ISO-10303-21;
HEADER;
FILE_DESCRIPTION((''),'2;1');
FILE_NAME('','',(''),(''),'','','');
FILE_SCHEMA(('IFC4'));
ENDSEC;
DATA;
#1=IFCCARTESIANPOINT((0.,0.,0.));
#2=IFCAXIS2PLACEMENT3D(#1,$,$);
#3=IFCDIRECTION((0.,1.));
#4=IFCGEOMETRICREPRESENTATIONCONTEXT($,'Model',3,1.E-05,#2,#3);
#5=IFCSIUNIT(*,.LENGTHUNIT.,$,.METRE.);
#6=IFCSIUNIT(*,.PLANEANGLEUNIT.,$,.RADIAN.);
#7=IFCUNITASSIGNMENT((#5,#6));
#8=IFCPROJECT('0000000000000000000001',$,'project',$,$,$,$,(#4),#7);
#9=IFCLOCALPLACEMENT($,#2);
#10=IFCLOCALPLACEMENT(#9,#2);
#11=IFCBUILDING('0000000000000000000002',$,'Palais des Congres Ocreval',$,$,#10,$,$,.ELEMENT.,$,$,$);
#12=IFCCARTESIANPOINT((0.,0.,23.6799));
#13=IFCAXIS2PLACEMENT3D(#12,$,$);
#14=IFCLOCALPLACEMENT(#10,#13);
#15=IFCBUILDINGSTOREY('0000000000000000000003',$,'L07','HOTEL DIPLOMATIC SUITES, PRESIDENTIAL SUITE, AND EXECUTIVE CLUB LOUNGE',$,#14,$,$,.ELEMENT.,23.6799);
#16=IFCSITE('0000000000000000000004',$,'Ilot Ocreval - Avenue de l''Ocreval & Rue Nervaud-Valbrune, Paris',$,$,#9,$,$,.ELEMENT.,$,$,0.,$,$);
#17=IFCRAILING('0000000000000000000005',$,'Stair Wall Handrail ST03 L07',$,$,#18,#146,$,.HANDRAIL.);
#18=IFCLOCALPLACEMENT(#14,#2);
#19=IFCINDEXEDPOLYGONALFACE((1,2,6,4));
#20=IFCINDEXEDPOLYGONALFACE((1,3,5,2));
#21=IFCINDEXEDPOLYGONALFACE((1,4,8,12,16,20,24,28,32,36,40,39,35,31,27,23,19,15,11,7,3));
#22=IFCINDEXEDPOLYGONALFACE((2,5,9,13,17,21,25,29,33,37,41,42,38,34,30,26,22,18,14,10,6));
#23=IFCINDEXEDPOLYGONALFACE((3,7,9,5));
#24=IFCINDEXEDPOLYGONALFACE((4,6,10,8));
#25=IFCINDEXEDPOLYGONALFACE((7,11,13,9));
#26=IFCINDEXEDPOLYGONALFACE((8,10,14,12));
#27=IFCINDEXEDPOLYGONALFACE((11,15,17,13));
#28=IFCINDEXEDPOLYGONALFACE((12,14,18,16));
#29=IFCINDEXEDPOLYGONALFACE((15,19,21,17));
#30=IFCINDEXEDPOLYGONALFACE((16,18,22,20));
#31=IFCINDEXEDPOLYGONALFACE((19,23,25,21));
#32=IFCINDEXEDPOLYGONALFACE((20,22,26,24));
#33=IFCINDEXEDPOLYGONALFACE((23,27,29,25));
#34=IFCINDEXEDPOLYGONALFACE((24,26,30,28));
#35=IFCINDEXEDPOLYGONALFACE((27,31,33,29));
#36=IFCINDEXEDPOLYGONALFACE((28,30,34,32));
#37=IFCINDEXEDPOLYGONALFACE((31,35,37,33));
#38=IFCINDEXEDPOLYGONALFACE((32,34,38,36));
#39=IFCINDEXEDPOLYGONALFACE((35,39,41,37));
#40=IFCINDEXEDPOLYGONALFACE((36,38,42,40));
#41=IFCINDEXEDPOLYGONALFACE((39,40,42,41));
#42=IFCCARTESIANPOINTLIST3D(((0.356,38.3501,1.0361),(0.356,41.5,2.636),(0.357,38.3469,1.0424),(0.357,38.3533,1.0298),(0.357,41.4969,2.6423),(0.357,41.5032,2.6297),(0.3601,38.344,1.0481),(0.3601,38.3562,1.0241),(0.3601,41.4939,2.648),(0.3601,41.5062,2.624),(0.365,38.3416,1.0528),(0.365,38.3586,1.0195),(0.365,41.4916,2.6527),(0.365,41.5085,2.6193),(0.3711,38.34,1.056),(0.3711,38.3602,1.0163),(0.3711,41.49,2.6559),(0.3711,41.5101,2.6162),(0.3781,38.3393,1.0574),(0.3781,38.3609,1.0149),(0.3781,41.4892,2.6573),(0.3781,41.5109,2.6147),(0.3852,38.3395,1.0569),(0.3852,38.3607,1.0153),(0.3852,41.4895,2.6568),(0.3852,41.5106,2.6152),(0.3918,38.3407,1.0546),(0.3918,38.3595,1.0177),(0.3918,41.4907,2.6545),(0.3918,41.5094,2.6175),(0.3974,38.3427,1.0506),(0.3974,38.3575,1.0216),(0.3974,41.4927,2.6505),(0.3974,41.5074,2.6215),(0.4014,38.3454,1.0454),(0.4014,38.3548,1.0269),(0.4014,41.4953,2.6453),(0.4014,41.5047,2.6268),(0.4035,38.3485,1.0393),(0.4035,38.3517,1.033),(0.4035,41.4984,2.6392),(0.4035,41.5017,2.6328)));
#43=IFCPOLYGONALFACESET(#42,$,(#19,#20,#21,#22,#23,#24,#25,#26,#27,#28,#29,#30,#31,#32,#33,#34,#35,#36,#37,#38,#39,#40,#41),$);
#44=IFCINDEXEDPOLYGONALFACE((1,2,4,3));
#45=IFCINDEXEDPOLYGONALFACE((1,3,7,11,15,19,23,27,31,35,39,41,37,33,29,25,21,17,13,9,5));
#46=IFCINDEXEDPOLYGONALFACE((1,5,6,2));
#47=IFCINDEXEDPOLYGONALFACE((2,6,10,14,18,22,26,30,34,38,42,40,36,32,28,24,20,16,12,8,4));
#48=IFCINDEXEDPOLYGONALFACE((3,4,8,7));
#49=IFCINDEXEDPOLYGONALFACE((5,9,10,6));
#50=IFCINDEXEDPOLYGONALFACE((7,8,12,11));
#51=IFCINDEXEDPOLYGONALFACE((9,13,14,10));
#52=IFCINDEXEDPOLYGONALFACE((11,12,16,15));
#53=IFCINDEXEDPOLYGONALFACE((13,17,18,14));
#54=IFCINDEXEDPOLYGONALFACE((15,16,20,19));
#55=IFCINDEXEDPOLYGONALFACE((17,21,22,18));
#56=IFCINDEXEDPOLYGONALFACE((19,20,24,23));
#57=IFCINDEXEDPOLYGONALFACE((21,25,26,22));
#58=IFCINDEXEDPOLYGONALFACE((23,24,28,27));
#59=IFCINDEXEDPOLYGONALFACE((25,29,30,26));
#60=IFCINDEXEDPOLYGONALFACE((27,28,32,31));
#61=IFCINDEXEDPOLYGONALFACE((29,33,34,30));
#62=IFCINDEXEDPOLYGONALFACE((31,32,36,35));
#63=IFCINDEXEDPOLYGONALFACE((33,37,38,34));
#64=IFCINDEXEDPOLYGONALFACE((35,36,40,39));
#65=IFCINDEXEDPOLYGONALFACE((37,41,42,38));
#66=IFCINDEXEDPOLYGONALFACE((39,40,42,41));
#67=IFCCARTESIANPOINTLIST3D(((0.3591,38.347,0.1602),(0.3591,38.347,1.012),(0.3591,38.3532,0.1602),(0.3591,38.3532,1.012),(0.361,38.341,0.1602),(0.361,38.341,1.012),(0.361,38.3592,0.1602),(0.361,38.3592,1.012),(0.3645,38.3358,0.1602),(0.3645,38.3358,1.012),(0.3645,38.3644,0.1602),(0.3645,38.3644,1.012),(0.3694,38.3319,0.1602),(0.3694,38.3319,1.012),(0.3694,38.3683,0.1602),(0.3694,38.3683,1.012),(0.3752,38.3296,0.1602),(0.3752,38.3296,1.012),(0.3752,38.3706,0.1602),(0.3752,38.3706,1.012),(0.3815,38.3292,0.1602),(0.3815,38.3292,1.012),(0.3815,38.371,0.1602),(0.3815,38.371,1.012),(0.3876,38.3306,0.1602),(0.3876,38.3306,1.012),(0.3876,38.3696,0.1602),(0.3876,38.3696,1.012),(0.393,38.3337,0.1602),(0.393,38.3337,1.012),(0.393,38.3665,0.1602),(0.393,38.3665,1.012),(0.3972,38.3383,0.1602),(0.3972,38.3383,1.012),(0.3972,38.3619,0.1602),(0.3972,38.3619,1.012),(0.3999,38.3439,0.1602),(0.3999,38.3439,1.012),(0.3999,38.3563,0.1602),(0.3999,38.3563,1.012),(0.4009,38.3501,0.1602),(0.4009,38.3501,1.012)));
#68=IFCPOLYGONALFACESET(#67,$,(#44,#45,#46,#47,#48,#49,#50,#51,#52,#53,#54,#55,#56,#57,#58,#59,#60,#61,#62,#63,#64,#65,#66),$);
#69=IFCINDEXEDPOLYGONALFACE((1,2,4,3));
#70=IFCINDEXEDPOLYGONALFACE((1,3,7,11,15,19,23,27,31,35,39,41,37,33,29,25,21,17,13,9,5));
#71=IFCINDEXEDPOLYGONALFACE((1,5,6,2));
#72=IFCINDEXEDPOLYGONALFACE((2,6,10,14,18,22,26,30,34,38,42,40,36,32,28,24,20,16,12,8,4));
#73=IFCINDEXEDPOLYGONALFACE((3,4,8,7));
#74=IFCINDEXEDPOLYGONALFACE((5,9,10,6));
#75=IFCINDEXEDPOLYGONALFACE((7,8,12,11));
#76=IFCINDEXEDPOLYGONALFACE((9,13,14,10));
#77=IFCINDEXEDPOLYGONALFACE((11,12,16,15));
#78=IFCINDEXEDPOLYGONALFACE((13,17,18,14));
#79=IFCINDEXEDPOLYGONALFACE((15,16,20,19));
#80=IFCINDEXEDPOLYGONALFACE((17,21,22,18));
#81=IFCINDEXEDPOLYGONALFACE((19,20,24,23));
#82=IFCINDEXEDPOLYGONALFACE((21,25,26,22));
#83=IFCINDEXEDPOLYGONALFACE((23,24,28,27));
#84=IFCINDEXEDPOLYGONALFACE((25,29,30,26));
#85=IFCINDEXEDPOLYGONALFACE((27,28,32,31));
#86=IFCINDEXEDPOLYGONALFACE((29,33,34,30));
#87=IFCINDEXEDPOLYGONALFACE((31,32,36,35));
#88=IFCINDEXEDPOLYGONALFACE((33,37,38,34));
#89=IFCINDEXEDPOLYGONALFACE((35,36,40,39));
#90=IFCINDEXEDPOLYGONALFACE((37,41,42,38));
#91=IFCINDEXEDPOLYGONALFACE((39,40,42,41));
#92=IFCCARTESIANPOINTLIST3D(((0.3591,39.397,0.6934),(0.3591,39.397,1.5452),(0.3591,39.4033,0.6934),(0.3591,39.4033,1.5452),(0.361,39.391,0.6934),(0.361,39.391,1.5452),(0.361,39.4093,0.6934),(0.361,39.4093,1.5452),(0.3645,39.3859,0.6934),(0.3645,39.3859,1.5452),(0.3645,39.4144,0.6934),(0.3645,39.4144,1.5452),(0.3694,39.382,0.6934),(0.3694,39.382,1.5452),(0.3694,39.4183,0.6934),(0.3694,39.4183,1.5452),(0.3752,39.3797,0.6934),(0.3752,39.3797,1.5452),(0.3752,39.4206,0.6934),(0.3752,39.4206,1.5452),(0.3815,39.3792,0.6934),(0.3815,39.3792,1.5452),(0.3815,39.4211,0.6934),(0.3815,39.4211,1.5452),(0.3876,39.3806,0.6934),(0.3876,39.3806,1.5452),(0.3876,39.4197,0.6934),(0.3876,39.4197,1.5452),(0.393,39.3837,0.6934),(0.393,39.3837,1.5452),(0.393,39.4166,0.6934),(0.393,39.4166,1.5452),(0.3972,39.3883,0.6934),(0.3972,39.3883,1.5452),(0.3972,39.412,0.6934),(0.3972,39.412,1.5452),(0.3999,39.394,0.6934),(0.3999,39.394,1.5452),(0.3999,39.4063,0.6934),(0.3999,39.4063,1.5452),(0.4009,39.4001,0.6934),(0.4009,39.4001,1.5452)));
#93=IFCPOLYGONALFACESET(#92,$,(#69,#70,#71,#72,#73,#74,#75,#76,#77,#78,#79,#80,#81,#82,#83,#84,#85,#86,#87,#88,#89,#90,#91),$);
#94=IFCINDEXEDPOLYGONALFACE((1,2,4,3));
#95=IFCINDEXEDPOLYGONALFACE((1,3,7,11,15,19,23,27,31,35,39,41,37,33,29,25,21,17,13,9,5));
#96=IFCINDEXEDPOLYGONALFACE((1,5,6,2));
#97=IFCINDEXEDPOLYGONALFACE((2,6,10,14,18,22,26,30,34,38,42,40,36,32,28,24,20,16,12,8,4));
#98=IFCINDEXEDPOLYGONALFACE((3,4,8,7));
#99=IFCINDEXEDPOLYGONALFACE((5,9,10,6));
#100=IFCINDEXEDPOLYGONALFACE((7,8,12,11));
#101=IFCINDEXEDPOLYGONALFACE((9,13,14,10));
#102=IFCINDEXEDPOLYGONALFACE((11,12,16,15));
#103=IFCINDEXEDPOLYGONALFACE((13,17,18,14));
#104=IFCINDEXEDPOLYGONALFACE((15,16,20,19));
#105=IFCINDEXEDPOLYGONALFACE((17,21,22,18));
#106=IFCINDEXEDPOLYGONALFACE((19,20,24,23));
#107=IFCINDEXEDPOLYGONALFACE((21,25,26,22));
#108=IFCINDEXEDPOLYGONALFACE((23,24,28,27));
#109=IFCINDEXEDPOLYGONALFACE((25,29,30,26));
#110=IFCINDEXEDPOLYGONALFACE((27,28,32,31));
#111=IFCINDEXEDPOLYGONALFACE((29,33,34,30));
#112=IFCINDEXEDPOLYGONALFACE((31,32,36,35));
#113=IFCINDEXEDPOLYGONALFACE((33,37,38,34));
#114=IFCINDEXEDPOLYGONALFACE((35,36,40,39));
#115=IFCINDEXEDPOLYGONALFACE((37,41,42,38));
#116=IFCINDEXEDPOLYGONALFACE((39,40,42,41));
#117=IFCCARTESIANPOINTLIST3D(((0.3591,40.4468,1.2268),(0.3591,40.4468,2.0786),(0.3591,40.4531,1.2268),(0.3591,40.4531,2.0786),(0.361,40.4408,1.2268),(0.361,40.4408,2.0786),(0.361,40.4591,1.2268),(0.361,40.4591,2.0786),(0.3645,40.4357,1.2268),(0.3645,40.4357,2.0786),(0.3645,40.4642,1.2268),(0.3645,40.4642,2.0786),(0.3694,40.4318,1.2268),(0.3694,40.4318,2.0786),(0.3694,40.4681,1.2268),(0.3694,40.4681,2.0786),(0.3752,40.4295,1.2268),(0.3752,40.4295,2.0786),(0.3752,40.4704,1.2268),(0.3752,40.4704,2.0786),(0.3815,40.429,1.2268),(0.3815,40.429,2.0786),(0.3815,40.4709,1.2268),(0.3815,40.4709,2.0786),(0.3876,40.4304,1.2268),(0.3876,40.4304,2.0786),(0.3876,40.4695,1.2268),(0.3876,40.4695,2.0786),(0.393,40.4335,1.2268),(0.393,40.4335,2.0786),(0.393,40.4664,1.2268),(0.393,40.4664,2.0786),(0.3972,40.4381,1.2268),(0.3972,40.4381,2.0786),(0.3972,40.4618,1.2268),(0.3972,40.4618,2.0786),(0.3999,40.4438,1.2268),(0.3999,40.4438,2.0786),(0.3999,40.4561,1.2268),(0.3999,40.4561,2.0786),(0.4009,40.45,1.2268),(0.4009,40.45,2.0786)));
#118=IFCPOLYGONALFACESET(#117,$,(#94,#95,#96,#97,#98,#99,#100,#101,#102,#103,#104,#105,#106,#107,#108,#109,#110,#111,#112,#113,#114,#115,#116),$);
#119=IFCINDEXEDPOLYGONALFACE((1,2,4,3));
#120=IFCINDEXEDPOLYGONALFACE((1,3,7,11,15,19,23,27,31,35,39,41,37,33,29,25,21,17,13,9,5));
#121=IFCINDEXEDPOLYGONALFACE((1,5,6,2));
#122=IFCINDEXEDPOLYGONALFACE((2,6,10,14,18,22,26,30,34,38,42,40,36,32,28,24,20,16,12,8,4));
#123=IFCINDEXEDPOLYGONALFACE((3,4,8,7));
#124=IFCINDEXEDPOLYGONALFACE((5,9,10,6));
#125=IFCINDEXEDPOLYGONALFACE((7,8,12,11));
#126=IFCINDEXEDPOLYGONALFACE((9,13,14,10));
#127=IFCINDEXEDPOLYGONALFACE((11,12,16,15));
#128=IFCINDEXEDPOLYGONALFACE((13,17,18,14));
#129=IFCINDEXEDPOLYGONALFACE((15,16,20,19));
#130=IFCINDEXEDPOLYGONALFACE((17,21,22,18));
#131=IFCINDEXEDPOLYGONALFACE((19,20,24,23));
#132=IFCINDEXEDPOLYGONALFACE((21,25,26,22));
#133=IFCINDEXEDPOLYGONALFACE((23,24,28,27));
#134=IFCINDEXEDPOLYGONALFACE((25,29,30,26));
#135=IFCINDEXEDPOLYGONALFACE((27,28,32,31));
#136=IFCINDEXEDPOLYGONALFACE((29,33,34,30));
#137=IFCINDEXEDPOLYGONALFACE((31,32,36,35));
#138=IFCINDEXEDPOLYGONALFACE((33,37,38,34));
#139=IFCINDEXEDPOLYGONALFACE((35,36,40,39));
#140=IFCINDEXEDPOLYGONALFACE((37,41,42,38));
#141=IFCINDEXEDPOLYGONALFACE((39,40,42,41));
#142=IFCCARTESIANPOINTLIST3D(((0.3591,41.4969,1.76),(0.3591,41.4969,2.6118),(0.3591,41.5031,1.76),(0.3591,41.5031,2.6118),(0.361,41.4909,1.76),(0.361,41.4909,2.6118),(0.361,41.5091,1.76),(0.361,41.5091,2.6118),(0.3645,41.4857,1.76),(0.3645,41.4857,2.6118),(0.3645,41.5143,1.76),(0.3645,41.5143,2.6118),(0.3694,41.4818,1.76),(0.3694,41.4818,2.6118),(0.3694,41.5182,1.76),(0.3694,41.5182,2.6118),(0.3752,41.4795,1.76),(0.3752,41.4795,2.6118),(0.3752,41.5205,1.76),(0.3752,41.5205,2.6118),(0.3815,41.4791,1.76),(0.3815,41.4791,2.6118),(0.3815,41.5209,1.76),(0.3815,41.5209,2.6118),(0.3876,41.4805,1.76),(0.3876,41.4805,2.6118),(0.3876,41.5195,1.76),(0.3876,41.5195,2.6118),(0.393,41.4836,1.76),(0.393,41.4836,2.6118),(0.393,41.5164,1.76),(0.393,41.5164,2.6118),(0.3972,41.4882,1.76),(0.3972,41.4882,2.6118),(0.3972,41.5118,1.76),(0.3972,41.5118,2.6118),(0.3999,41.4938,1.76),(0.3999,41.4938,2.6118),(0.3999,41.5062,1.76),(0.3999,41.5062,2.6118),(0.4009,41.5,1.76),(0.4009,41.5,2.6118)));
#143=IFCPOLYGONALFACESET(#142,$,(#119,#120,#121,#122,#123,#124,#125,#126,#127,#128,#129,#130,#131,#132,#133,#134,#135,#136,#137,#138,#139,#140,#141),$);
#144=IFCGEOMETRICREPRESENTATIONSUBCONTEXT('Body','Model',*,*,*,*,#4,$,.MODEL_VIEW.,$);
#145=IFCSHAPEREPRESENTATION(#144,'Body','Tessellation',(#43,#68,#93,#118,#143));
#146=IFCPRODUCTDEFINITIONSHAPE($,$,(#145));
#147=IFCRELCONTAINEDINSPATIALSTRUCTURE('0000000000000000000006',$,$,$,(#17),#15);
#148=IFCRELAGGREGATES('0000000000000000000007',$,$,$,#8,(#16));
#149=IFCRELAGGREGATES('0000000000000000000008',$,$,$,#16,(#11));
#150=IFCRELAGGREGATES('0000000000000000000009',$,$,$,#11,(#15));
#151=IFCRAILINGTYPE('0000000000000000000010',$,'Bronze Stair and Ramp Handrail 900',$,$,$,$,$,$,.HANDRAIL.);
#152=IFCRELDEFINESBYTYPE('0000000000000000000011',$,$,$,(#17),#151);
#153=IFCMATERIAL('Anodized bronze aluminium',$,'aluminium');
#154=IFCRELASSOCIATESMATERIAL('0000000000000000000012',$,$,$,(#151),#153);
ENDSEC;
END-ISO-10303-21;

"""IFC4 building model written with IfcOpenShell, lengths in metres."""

from ifc_helpers import new_model, si_unit, direction, frame, origin, origin_2d, place, context, subcontext, project, spatial, circle, extrude, material, type_object, element, save


model = new_model("IFC4")

# Units and contexts
model_context = context("Model", 3, precision=1e-05, world=origin(), true_north=direction((0.0, 1.0)))
body_context = subcontext(model_context, "Body", "Model", "MODEL_VIEW")
ifc_project = project(units=[si_unit("LENGTHUNIT", "METRE"), si_unit("PLANEANGLEUNIT", "RADIAN")], contexts=[model_context])

# Site, building, storey
site_placement = place(None, origin())
site = spatial("IfcSite", under=ifc_project, at=site_placement, Name="Ilot Ocreval - Avenue de l'Ocreval & Rue Nervaud-Valbrune, Paris", CompositionType="ELEMENT", RefElevation=0.0)
building_placement = place(site_placement, origin())
building = spatial("IfcBuilding", under=site, at=building_placement, Name="Palais des Congres Ocreval", CompositionType="ELEMENT")
storey_placement = place(building_placement, frame((0.0, 0.0, 23.6799)))
storey = spatial("IfcBuildingStorey", under=building, at=storey_placement, Name="L07", Description="HOTEL DIPLOMATIC SUITES, PRESIDENTIAL SUITE, AND EXECUTIVE CLUB LOUNGE", CompositionType="ELEMENT", Elevation=23.6799)

# Railing
ifc_material_1 = material(Name="Anodized bronze aluminium", Category="aluminium")
railing_type_1 = type_object("IfcRailingType", Name="Bronze Stair and Ramp Handrail 900", PredefinedType="HANDRAIL", material=ifc_material_1)
railing_1_placement = place(storey_placement, frame((0.3799, 38.3501, 0.1602)))
element("IfcRailing", 1, at=railing_1_placement, inside=storey, type_object=railing_type_1, Name="Stair Wall Handrail ST03 L07", PredefinedType="HANDRAIL", context=body_context, shape_type="SweptSolid", body=[
    extrude(circle(Radius=0.0239, at=origin_2d()), frame((0.0, 0.0, 0.876), z_axis=(0.0, 0.89159, 0.452844), x_axis=(-1.0, 0.0, 0.0)), (0.0, 0.0, 1.0), 3.533),
    extrude(circle(Radius=0.021, at=origin_2d()), origin(), (0.0, 0.0, 1.0), 0.8518),
    extrude(circle(Radius=0.021, at=origin_2d()), frame((0.0, 1.05, 0.5332)), (0.0, 0.0, 1.0), 0.8518),
    extrude(circle(Radius=0.021, at=origin_2d()), frame((0.0, 2.0999, 1.0667)), (0.0, 0.0, 1.0), 0.8518),
    extrude(circle(Radius=0.021, at=origin_2d()), frame((0.0, 3.1499, 1.5999)), (0.0, 0.0, 1.0), 0.8518),
])

save(model, "model.ifc")
